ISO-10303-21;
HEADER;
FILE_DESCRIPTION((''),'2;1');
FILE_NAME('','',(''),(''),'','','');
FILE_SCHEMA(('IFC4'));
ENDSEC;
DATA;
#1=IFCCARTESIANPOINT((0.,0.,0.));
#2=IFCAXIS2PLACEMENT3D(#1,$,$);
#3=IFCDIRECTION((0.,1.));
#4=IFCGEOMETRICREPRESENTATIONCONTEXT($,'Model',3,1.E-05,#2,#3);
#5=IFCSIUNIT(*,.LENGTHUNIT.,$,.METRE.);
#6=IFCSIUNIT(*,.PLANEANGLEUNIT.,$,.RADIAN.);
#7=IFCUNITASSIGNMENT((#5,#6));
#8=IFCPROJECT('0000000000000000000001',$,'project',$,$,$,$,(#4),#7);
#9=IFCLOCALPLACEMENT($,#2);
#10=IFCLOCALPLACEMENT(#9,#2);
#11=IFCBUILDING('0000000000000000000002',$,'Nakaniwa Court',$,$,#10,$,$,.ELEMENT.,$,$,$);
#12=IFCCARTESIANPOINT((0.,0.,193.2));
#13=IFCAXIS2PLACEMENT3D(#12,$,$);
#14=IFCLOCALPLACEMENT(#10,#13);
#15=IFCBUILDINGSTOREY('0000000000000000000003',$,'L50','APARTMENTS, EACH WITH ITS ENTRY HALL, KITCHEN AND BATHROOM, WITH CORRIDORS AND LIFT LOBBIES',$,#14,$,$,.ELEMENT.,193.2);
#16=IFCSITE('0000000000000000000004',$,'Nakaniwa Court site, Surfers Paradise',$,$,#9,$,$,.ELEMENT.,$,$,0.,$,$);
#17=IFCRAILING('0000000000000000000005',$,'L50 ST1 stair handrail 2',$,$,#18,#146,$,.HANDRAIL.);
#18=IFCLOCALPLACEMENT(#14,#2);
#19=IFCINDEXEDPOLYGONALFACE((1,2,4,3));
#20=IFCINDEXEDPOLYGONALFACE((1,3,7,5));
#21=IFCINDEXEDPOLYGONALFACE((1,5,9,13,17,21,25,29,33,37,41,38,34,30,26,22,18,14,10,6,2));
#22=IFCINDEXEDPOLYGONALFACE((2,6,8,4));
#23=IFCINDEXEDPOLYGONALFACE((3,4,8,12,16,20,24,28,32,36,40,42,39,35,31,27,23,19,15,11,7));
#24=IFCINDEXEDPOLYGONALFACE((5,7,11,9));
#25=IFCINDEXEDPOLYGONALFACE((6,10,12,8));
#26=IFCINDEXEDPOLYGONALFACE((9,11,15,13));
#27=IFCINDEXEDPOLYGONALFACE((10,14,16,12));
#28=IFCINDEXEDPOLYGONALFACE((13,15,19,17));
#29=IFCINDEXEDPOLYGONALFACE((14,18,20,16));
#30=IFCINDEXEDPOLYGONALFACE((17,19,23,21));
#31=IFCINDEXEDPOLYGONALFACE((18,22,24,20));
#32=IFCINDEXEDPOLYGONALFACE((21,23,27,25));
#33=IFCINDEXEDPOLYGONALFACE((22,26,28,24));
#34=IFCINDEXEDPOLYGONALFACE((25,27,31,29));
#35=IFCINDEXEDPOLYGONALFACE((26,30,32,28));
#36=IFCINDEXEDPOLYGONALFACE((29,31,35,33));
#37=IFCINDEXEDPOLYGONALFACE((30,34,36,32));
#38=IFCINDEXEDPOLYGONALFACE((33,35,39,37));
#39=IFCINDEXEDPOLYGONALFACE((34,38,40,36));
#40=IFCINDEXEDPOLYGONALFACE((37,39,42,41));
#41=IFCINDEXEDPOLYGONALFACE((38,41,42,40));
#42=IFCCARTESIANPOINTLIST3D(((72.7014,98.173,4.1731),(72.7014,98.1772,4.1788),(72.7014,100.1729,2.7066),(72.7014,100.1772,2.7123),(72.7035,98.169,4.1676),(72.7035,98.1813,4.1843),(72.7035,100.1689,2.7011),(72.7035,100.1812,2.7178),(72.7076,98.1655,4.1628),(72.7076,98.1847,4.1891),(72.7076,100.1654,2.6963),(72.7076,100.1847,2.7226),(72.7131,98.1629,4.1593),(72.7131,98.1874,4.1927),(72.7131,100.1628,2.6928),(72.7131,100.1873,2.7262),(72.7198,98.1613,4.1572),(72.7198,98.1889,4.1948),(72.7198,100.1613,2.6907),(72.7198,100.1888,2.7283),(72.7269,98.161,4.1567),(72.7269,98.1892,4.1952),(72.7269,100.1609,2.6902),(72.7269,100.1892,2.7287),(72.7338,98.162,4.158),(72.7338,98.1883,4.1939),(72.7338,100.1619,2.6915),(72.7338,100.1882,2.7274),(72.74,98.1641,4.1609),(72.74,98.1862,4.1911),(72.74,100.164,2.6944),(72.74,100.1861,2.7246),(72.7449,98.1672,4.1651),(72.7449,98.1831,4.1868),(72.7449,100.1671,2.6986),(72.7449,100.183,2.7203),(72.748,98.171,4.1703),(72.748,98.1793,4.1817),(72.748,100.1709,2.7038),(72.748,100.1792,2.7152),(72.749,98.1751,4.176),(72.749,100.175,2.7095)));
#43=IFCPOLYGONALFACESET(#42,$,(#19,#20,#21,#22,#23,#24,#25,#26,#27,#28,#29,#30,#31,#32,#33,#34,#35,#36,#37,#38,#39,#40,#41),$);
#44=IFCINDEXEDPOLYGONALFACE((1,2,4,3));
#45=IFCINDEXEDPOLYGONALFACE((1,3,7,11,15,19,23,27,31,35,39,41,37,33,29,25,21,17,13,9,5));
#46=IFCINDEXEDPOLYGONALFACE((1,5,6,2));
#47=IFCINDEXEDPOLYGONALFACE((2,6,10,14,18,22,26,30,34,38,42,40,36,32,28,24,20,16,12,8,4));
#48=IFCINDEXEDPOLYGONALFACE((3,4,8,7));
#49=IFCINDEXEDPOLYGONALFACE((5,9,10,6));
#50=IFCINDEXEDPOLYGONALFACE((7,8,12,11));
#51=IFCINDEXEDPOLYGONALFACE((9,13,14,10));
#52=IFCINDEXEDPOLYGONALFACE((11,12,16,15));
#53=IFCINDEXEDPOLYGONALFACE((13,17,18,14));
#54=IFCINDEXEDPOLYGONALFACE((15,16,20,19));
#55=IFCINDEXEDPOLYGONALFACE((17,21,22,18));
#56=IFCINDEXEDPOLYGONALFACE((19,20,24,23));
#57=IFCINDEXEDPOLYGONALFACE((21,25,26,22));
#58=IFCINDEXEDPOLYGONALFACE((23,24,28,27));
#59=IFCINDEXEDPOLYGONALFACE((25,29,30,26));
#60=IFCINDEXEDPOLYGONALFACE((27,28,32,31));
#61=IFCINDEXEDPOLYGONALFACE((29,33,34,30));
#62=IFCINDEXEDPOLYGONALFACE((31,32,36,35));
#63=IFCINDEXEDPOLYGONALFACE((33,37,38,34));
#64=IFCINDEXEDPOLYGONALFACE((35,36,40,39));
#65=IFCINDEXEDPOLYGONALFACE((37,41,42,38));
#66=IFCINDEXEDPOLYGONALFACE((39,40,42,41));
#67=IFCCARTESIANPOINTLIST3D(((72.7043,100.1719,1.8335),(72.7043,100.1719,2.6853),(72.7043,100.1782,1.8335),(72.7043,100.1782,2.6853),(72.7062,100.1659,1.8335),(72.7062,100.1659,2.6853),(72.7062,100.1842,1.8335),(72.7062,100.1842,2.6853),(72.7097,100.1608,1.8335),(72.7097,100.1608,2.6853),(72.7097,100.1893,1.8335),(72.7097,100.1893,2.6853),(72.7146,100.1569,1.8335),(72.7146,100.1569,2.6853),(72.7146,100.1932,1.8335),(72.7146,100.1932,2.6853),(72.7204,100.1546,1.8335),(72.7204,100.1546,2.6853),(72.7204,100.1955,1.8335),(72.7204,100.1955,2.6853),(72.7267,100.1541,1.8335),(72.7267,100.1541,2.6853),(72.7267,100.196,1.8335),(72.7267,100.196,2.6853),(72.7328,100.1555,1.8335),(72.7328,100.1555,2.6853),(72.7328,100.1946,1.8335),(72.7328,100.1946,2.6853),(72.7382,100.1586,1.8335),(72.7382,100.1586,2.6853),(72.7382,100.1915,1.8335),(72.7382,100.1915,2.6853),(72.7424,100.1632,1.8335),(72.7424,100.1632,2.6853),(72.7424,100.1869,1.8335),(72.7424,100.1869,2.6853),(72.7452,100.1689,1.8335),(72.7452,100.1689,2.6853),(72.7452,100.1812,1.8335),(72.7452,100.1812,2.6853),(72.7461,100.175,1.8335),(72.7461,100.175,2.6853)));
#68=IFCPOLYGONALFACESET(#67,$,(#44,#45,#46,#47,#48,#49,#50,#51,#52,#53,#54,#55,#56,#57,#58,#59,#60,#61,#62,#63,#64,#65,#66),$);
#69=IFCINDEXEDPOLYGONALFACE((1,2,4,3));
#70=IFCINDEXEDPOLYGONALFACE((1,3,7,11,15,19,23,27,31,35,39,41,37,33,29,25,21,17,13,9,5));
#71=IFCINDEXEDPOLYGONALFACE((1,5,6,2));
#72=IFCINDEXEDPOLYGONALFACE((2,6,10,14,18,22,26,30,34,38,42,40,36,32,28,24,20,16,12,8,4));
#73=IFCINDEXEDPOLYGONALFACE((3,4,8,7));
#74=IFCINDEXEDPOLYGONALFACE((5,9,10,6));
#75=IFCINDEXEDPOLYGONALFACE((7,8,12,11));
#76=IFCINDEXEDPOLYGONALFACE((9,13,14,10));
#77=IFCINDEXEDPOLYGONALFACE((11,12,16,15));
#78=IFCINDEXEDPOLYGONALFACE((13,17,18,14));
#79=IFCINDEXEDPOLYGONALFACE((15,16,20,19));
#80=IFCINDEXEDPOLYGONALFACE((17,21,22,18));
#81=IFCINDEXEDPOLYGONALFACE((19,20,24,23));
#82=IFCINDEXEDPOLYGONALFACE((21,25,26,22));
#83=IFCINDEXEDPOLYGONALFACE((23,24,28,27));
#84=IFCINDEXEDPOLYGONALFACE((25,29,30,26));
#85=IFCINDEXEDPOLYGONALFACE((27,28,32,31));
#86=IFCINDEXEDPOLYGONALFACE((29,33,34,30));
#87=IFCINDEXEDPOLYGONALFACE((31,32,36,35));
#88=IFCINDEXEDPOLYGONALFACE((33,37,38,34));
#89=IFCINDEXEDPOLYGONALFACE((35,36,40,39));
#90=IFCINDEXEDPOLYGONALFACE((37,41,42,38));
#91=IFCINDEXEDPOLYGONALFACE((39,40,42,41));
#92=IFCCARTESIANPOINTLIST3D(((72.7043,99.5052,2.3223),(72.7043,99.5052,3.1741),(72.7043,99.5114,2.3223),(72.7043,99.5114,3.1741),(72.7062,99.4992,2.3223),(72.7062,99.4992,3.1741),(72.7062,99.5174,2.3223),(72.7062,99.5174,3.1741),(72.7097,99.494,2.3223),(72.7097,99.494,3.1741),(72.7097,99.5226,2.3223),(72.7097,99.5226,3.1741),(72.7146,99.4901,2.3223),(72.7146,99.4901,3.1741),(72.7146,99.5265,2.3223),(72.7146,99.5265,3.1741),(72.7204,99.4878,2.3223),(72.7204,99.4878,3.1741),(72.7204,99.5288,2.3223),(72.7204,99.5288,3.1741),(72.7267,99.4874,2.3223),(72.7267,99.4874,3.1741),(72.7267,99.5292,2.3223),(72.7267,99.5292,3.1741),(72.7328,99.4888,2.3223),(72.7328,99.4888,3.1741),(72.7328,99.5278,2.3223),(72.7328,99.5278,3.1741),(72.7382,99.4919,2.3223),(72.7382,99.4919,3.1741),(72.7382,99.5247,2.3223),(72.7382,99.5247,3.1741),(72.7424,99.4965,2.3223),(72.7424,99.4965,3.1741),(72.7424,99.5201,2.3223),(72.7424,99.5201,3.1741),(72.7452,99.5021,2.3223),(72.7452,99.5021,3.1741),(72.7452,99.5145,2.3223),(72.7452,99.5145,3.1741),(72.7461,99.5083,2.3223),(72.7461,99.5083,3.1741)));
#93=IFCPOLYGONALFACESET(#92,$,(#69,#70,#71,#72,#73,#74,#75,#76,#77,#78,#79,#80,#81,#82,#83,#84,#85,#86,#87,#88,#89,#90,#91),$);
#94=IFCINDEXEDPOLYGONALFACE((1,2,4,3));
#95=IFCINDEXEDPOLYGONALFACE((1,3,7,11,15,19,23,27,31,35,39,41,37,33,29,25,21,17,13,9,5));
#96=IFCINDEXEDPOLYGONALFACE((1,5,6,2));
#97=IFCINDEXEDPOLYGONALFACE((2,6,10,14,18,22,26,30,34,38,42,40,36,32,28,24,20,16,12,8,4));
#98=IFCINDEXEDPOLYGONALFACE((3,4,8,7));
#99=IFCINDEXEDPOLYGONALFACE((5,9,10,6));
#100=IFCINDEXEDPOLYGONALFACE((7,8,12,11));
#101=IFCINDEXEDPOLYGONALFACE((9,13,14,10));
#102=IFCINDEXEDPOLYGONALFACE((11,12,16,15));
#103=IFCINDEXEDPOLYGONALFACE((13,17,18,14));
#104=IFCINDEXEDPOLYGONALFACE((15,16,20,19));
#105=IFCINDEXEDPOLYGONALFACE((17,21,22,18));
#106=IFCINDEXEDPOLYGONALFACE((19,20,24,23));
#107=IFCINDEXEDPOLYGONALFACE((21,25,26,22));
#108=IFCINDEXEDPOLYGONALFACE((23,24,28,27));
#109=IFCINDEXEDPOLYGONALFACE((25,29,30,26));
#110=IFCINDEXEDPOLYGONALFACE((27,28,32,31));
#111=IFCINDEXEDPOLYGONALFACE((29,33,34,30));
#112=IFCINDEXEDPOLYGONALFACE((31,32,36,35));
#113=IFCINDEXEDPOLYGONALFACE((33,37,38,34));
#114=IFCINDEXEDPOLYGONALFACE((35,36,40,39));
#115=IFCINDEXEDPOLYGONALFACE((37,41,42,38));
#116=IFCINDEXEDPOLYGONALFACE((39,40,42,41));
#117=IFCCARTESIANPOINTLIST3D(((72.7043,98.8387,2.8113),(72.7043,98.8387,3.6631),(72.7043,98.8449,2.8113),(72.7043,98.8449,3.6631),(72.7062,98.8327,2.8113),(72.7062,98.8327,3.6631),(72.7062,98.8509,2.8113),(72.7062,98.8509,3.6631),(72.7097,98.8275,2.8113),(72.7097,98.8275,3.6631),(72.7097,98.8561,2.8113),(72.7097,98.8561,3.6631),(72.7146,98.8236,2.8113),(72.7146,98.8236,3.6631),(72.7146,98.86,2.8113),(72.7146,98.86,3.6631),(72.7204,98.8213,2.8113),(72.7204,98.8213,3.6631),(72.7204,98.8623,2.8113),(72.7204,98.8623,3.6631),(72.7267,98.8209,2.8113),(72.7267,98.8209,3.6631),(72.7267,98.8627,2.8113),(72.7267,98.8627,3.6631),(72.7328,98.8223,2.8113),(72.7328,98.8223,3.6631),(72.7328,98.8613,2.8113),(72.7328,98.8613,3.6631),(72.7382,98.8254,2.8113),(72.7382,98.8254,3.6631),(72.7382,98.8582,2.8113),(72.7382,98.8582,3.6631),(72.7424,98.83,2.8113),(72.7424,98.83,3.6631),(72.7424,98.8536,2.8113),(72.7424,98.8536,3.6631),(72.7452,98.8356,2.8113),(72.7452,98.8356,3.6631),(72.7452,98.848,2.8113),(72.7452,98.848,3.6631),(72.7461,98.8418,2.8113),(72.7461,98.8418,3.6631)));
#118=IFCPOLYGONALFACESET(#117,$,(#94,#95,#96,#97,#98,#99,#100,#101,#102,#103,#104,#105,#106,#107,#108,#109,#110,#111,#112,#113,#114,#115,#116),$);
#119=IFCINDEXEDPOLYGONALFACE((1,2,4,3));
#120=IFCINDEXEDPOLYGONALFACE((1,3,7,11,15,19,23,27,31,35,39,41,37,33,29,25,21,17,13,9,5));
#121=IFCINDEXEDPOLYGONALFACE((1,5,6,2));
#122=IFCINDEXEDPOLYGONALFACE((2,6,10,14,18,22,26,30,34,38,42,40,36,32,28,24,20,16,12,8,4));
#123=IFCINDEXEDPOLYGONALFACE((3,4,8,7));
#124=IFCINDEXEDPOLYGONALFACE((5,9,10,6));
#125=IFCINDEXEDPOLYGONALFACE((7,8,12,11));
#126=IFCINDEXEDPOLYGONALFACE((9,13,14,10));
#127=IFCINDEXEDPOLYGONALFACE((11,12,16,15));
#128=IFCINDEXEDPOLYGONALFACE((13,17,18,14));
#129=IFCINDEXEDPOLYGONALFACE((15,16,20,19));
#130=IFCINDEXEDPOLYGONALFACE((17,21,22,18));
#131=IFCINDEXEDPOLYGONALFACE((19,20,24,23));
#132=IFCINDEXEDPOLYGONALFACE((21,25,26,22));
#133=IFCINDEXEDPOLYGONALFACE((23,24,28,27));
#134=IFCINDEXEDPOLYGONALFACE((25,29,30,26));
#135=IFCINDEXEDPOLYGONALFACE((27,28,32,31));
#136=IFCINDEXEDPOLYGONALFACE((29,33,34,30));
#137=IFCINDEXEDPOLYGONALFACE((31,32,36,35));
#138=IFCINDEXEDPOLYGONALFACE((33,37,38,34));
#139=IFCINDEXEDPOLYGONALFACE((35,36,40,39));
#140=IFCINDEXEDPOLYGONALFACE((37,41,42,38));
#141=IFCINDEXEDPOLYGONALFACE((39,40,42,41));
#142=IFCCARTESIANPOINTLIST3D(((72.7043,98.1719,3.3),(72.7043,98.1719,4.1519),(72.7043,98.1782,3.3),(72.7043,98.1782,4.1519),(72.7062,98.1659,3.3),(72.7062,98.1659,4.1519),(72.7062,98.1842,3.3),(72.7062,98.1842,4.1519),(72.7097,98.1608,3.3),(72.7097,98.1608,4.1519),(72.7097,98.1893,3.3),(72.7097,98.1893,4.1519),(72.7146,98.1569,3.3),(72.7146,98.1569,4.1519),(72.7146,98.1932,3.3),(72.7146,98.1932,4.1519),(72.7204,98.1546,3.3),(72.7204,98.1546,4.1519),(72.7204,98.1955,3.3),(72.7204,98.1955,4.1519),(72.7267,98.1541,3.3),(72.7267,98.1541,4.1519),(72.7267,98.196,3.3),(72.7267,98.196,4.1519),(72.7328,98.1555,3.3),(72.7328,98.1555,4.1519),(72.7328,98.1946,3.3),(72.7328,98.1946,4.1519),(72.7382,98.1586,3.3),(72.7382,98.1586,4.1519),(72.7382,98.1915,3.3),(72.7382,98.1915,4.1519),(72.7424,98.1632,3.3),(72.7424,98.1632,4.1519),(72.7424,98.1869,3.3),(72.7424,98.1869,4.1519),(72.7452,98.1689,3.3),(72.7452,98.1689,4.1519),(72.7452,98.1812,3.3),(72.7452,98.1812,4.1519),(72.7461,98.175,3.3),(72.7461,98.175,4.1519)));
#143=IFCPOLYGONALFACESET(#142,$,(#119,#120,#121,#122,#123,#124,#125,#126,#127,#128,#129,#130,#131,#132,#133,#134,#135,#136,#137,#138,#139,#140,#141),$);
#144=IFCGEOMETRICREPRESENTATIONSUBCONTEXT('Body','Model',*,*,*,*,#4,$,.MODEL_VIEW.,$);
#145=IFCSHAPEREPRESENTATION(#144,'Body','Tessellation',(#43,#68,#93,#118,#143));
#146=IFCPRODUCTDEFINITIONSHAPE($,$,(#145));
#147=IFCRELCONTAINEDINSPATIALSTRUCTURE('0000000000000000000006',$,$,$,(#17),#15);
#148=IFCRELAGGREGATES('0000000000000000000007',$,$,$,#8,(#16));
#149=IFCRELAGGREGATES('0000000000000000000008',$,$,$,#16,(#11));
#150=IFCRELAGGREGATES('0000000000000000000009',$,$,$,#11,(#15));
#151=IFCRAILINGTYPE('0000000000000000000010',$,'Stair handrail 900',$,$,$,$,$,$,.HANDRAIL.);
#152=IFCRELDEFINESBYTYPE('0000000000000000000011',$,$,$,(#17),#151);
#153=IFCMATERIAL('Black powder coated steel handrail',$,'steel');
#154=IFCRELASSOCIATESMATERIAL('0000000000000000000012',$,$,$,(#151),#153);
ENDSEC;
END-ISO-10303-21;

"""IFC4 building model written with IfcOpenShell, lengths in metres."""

from ifc_helpers import new_model, si_unit, direction, frame, origin, origin_2d, place, context, subcontext, project, spatial, circle, extrude, material, type_object, element, save


model = new_model("IFC4")

# Units and contexts
model_context = context("Model", 3, precision=1e-05, world=origin(), true_north=direction((0.0, 1.0)))
body_context = subcontext(model_context, "Body", "Model", "MODEL_VIEW")
ifc_project = project(units=[si_unit("LENGTHUNIT", "METRE"), si_unit("PLANEANGLEUNIT", "RADIAN")], contexts=[model_context])

# Site, building, storey
site_placement = place(None, origin())
site = spatial("IfcSite", under=ifc_project, at=site_placement, Name="Nakaniwa Court site, Surfers Paradise", CompositionType="ELEMENT", RefElevation=0.0)
building_placement = place(site_placement, origin())
building = spatial("IfcBuilding", under=site, at=building_placement, Name="Nakaniwa Court", CompositionType="ELEMENT")
storey_placement = place(building_placement, frame((0.0, 0.0, 193.2)))
storey = spatial("IfcBuildingStorey", under=building, at=storey_placement, Name="L50", Description="APARTMENTS, EACH WITH ITS ENTRY HALL, KITCHEN AND BATHROOM, WITH CORRIDORS AND LIFT LOBBIES", CompositionType="ELEMENT", Elevation=193.2)

# Railing
ifc_material_1 = material(Name="Black powder coated steel handrail", Category="steel")
railing_type_1 = type_object("IfcRailingType", Name="Stair handrail 900", PredefinedType="HANDRAIL", material=ifc_material_1)
railing_1_placement = place(storey_placement, frame((72.7251, 100.175, 1.8335)))
element("IfcRailing", 1, at=railing_1_placement, inside=storey, type_object=railing_type_1, Name="L50 ST1 stair handrail 2", PredefinedType="HANDRAIL", context=body_context, shape_type="SweptSolid", body=[
    extrude(circle(Radius=0.0239, at=origin_2d()), frame((0.0, 0.0, 0.876), z_axis=(0.0, -0.806427, 0.591334), x_axis=(1.0, 0.0, 0.0)), (0.0, 0.0, 1.0), 2.48),
    extrude(circle(Radius=0.021, at=origin_2d()), origin(), (0.0, 0.0, 1.0), 0.8518),
    extrude(circle(Radius=0.021, at=origin_2d()), frame((0.0, -0.6667, 0.4888)), (0.0, 0.0, 1.0), 0.8518),
    extrude(circle(Radius=0.021, at=origin_2d()), frame((0.0, -1.3333, 0.9778)), (0.0, 0.0, 1.0), 0.8518),
    extrude(circle(Radius=0.021, at=origin_2d()), frame((0.0, -2.0, 1.4666)), (0.0, 0.0, 1.0), 0.8518),
])

save(model, "model.ifc")
